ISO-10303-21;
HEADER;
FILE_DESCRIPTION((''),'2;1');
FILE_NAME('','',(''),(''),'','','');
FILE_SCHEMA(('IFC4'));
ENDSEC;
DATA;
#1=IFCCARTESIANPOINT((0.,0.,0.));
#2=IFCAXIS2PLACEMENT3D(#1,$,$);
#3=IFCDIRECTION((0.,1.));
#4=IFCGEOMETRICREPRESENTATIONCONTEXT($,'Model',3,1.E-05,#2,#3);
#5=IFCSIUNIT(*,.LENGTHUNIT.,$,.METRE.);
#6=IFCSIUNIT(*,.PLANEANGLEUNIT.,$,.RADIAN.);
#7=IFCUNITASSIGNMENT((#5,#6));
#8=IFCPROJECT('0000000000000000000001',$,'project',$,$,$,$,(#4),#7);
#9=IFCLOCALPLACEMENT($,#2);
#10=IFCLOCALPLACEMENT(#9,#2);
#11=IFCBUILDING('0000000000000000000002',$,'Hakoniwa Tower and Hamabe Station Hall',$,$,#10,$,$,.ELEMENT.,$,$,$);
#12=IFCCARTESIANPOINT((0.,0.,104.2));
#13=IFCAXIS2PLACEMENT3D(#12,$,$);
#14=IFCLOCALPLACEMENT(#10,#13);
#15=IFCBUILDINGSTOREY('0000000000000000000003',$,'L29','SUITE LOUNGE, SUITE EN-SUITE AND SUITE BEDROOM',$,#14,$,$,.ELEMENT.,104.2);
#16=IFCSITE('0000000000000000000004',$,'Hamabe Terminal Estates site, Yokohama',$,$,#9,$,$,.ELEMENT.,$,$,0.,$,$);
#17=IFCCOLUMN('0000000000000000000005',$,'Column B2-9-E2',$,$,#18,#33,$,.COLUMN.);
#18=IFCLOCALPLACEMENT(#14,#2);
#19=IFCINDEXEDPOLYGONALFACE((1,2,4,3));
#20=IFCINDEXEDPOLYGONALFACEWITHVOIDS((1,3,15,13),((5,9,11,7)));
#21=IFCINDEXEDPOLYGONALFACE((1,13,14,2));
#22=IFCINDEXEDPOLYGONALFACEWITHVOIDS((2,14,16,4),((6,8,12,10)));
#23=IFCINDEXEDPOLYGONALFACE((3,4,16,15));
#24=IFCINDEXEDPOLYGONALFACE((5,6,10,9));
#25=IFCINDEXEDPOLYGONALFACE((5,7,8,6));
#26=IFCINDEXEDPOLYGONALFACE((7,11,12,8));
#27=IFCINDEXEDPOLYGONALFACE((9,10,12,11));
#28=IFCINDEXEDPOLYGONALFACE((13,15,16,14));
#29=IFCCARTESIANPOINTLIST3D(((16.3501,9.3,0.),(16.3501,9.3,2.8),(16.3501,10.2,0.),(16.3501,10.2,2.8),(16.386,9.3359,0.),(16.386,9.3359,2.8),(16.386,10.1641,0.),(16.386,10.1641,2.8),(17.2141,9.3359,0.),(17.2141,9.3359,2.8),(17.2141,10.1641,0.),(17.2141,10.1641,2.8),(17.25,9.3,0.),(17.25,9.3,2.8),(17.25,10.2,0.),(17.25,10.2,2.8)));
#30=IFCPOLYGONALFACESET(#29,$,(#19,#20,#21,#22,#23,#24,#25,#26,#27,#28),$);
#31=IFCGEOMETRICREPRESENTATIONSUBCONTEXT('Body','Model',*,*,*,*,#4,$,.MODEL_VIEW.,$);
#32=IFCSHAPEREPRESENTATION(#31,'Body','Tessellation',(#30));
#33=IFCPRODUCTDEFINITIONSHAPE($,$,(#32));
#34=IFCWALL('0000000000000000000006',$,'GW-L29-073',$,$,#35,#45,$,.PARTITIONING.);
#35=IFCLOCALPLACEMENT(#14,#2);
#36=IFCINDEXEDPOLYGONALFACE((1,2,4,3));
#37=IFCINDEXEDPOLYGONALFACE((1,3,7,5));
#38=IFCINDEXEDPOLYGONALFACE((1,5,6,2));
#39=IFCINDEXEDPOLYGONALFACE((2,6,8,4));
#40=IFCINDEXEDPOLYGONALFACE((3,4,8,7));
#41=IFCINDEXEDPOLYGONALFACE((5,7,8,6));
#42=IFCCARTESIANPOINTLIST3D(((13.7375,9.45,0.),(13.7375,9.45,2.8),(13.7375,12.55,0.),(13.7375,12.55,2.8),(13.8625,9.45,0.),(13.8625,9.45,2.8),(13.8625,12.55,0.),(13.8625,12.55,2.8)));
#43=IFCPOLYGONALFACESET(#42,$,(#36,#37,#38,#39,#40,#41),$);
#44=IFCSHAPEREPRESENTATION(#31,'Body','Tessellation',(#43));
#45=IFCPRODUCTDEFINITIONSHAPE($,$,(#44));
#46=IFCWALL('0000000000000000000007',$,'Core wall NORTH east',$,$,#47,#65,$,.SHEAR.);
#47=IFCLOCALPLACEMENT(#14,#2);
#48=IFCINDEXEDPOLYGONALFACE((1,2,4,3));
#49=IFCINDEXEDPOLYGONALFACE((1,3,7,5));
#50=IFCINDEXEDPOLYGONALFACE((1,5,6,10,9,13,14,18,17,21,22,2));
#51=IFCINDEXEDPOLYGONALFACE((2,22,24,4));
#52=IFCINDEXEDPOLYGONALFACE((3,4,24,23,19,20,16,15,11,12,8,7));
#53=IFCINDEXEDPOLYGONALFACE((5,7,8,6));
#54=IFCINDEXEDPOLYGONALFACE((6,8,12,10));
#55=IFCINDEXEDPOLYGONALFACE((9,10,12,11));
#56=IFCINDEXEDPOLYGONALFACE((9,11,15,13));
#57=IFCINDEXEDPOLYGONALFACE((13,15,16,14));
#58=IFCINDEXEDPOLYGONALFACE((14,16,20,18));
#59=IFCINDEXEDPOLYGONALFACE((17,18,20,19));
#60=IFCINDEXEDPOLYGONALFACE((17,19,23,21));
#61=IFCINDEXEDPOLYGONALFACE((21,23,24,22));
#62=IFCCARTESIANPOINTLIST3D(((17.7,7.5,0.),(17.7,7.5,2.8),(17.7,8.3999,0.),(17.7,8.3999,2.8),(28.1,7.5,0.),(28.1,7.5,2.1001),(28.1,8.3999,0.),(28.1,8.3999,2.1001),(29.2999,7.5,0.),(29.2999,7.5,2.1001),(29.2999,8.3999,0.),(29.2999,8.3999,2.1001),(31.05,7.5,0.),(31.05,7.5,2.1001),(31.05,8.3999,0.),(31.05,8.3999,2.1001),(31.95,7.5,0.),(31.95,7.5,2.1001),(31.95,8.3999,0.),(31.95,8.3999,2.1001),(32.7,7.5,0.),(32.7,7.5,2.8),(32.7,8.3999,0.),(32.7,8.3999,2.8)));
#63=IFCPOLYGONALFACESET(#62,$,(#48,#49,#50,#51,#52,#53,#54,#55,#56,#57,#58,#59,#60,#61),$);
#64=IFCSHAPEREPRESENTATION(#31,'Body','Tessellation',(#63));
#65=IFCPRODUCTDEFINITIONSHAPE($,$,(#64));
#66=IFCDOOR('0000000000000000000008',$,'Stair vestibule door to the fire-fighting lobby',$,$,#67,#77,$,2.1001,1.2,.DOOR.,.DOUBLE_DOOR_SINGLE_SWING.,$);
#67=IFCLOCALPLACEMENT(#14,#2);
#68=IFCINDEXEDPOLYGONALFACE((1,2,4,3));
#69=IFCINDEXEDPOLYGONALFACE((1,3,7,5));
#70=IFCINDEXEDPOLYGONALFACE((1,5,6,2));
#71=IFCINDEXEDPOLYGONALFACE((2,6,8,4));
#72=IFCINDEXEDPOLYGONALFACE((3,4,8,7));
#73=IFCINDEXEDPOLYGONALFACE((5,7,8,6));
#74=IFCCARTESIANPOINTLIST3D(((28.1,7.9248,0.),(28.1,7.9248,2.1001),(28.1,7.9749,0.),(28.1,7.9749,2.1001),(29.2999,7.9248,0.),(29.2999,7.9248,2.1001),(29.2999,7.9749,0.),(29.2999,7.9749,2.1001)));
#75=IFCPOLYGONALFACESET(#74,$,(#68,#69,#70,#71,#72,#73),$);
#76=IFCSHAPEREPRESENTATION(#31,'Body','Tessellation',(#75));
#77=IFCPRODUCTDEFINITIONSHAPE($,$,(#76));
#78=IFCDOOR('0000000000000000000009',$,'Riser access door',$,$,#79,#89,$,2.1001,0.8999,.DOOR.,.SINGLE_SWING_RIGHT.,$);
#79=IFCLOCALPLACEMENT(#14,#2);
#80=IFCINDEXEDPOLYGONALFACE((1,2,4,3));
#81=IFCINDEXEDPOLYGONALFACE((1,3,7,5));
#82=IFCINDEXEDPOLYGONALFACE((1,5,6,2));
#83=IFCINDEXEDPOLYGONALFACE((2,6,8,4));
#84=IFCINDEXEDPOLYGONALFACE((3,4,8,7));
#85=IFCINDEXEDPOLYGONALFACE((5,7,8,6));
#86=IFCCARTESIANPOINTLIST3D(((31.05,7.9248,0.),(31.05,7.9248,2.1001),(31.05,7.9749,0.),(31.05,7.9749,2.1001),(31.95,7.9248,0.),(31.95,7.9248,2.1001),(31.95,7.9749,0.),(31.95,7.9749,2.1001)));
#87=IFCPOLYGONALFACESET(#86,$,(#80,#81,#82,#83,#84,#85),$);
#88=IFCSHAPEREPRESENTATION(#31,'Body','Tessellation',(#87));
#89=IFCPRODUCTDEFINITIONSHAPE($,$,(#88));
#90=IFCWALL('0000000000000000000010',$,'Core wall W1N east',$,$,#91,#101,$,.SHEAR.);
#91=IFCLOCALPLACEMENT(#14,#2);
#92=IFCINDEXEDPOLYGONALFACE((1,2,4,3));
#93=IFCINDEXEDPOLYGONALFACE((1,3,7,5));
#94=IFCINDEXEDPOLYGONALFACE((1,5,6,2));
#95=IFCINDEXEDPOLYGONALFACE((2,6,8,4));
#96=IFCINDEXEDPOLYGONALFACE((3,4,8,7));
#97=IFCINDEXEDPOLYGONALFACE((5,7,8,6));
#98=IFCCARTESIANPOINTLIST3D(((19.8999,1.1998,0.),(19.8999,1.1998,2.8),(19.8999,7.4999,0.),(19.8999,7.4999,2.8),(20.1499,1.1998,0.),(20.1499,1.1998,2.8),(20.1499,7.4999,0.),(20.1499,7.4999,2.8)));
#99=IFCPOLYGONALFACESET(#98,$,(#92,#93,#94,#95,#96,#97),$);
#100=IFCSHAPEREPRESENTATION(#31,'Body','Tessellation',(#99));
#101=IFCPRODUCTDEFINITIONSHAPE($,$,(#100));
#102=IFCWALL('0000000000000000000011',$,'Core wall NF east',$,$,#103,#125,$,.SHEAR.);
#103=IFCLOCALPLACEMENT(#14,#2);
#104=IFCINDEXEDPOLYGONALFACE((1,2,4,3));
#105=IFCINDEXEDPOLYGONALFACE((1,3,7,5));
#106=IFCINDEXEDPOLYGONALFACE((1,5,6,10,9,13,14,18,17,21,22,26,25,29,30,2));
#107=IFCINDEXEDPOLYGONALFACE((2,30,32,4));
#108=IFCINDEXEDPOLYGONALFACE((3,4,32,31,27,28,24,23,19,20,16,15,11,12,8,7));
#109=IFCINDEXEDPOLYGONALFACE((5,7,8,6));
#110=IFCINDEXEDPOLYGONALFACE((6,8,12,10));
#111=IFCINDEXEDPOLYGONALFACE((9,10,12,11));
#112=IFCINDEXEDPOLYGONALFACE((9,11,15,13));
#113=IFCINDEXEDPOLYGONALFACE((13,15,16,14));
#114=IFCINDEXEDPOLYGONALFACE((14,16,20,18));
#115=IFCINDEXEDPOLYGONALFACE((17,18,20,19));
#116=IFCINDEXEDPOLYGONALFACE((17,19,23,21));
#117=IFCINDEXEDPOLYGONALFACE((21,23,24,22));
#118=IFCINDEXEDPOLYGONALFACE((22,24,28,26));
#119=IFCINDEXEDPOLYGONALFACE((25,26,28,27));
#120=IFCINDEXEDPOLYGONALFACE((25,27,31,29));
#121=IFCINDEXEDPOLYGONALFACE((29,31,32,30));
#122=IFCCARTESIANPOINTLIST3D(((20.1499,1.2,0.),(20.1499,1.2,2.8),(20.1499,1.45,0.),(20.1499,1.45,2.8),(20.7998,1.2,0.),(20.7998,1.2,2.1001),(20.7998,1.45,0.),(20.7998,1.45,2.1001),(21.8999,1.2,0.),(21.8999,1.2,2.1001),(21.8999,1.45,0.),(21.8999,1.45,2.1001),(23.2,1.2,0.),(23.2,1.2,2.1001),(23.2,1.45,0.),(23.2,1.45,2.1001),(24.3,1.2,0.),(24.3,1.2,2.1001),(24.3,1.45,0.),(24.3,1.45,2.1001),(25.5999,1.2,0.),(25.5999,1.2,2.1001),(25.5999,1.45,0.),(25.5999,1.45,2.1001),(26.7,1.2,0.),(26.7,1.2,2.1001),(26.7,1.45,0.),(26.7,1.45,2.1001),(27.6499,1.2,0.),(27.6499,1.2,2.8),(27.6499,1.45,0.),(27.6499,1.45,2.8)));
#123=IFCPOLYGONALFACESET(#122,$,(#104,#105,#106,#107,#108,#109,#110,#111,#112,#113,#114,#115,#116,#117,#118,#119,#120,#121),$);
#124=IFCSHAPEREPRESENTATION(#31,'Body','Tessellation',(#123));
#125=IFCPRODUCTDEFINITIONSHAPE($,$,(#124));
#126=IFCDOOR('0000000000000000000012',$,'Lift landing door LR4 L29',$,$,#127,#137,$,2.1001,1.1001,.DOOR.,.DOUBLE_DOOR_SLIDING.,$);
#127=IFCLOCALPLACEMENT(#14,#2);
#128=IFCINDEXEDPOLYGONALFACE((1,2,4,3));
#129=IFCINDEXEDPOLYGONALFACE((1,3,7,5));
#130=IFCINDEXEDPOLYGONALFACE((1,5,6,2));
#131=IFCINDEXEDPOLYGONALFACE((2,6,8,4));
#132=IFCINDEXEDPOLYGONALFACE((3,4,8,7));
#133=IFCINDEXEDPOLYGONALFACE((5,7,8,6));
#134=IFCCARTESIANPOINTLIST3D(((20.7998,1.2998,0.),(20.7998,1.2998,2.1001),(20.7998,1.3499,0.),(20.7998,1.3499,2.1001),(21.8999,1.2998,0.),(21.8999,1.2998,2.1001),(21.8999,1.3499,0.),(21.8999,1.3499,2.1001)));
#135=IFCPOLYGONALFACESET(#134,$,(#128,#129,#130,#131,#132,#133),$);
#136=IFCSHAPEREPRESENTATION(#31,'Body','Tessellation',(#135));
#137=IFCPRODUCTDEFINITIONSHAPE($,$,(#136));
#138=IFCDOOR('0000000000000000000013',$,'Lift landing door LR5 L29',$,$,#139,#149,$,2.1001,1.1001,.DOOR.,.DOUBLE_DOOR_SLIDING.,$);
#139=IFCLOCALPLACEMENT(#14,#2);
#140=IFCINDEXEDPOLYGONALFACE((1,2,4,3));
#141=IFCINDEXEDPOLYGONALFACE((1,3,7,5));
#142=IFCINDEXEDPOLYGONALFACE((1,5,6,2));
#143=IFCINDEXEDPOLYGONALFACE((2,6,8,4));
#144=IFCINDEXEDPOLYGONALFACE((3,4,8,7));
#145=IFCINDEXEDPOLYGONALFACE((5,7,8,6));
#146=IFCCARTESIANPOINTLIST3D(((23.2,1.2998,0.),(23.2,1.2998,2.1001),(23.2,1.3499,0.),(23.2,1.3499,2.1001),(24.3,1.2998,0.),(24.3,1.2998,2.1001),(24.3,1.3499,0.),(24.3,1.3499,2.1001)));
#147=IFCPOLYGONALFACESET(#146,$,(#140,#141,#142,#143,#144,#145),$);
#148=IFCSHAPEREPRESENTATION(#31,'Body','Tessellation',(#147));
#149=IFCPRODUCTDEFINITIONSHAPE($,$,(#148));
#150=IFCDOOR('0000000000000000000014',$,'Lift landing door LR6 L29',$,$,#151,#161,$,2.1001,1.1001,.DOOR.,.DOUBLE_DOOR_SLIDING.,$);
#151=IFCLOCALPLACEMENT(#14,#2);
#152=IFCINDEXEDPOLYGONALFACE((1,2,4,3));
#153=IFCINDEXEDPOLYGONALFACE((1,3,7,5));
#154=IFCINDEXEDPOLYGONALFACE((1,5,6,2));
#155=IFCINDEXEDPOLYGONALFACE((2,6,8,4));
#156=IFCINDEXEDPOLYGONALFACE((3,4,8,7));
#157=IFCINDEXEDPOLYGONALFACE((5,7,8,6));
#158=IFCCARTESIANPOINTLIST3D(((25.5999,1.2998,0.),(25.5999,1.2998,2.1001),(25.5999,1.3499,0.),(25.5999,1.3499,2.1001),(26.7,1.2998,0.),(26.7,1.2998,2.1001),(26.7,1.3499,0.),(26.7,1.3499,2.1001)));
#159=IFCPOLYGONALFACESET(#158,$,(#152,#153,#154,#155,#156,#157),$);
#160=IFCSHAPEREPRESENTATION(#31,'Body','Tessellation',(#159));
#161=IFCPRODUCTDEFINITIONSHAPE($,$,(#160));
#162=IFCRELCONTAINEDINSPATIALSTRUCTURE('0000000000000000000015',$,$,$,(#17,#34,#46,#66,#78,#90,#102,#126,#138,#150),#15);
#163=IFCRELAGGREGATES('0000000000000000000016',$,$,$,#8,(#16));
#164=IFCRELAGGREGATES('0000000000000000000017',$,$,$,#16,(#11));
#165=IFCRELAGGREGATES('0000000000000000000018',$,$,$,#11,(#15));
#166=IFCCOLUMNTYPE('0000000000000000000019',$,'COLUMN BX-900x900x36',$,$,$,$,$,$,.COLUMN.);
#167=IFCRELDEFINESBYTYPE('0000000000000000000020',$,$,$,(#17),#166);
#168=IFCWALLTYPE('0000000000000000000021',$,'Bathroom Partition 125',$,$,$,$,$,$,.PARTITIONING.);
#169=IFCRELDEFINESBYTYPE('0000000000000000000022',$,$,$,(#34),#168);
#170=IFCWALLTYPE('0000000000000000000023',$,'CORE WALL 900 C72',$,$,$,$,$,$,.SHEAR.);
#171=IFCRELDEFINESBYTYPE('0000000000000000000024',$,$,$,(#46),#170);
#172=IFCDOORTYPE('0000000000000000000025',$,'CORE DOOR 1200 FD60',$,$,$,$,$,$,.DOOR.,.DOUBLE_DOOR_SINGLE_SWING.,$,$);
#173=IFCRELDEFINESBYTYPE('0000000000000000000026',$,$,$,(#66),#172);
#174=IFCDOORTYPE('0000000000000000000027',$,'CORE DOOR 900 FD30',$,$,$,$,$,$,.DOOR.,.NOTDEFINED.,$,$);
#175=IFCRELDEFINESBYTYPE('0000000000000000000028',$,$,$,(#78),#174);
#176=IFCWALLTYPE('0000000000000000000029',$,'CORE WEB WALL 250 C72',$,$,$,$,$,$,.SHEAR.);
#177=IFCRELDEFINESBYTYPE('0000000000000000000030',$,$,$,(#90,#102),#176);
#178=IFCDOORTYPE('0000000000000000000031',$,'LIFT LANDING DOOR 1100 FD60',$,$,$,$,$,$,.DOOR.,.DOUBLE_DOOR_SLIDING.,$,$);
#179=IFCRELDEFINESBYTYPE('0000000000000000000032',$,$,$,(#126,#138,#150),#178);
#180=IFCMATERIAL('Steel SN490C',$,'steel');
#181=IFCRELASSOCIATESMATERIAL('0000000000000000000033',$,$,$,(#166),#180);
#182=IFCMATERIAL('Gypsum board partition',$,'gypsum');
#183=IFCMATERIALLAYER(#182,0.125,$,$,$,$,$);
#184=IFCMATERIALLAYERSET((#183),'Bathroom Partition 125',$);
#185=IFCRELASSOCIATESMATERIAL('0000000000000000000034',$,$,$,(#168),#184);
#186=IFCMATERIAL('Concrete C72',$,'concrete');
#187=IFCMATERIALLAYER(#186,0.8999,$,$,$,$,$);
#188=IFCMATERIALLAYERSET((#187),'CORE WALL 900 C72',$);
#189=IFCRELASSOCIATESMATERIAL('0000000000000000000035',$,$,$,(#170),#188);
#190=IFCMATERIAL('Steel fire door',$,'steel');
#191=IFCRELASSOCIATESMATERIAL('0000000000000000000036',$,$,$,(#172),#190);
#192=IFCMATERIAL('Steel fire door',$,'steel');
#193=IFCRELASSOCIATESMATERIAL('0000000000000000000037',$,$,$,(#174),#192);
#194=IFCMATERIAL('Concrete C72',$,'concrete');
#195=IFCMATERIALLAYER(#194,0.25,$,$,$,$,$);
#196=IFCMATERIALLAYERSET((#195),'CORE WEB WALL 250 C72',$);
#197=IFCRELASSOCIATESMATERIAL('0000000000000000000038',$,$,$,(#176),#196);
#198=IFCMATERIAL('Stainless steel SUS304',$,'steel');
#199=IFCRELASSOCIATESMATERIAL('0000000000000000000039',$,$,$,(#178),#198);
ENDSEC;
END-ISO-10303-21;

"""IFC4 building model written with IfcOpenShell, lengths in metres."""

from ifc_helpers import new_model, si_unit, direction, frame, frame_2d, origin, origin_2d, place, context, subcontext, project, spatial, rectangle, hollow_rectangle, extrude, material, layer, layer_set, material_profile, profile_set, type_object, element, fill, save


model = new_model("IFC4")

# Units and contexts
model_context = context("Model", 3, precision=1e-05, world=origin(), true_north=direction((0.0, 1.0)))
body_context = subcontext(model_context, "Body", "Model", "MODEL_VIEW")
ifc_project = project(units=[si_unit("LENGTHUNIT", "METRE"), si_unit("PLANEANGLEUNIT", "RADIAN")], contexts=[model_context])

# Site, building, storey
site_placement = place(None, origin())
site = spatial("IfcSite", under=ifc_project, at=site_placement, Name="Hamabe Terminal Estates site, Yokohama", CompositionType="ELEMENT", RefElevation=0.0)
building_placement = place(site_placement, origin())
building = spatial("IfcBuilding", under=site, at=building_placement, Name="Hakoniwa Tower and Hamabe Station Hall", CompositionType="ELEMENT")
storey_placement = place(building_placement, frame((0.0, 0.0, 104.2)))
storey = spatial("IfcBuildingStorey", under=building, at=storey_placement, Name="L29", Description="SUITE LOUNGE, SUITE EN-SUITE AND SUITE BEDROOM", CompositionType="ELEMENT", Elevation=104.2)

# Column
ifc_material_1 = material(Name="Steel SN490C", Category="steel")
ifc_material_profile = material_profile(ifc_material_1, hollow_rectangle(XDim=0.8999, YDim=0.8999, WallThickness=0.0359, at=origin_2d()), Name="BX-900x900x36")
ifc_profile_set = profile_set([ifc_material_profile], Name="Steel SN490C")
column_type = type_object("IfcColumnType", Name="COLUMN BX-900x900x36", PredefinedType="COLUMN", material=ifc_profile_set)
column_placement = place(storey_placement, frame((16.8, 9.75, 0.0), z_axis=(0.0, 0.0, 1.0), x_axis=(1.0, 0.0, 0.0)))
element("IfcColumn", 1, at=column_placement, inside=storey, type_object=column_type, Name="Column B2-9-E2", PredefinedType="COLUMN", context=body_context, shape_type="SweptSolid", body=[
    extrude(hollow_rectangle(XDim=0.8999, YDim=0.8999, WallThickness=0.0359, at=origin_2d()), origin(), (0.0, 0.0, 1.0), 2.8),
])

# Wall
ifc_material_2 = material(Name="Gypsum board partition", Category="gypsum")
ifc_layer_1 = layer(ifc_material_2, 0.125)
ifc_layer_set_1 = layer_set([ifc_layer_1], Name="Bathroom Partition 125")
wall_type_1 = type_object("IfcWallType", Name="Bathroom Partition 125", PredefinedType="PARTITIONING", material=ifc_layer_set_1)
wall_1_placement = place(storey_placement, frame((13.8, 9.45, 0.0), z_axis=(0.0, 0.0, 1.0), x_axis=(0.0, 1.0, 0.0)))
element("IfcWall", 2, at=wall_1_placement, inside=storey, type_object=wall_type_1, Name="GW-L29-073", PredefinedType="PARTITIONING", context=body_context, shape_type="SweptSolid", body=[
    extrude(rectangle(XDim=3.1001, YDim=0.125, at=frame_2d((1.55, 0.0))), origin(), (0.0, 0.0, 1.0), 2.8),
])

# Wall, openings, doors
ifc_material_3 = material(Name="Concrete C72", Category="concrete")
ifc_layer_2 = layer(ifc_material_3, 0.8999)
ifc_layer_set_2 = layer_set([ifc_layer_2], Name="CORE WALL 900 C72")
wall_type_2 = type_object("IfcWallType", Name="CORE WALL 900 C72", PredefinedType="SHEAR", material=ifc_layer_set_2)
wall_2_placement = place(storey_placement, frame((17.7, 7.95, 0.0), z_axis=(0.0, 0.0, 1.0), x_axis=(1.0, 0.0, 0.0)))
wall_2 = element("IfcWall", 3, at=wall_2_placement, inside=storey, type_object=wall_type_2, Name="Core wall NORTH east", PredefinedType="SHEAR", context=body_context, shape_type="SweptSolid", body=[
    extrude(rectangle(XDim=15.0, YDim=0.8999, at=frame_2d((7.5, 0.0))), origin(), (0.0, 0.0, 1.0), 2.8),
])
opening_1_placement = place(wall_2_placement, frame((10.3999, 0.0, 0.0)))
opening_1 = element("IfcOpeningElement", 4, at=opening_1_placement, cuts=wall_2, PredefinedType="OPENING", context=body_context, shape_type="SweptSolid", body=[
    extrude(rectangle(XDim=1.2, YDim=2.1001, at=frame_2d((0.6001, 1.05))), frame((0.0, 0.46, 0.0), z_axis=(0.0, -1.0, 0.0), x_axis=(1.0, 0.0, 0.0)), (0.0, 0.0, 1.0), 0.9199),
])
opening_2_placement = place(wall_2_placement, frame((13.3501, 0.0, 0.0)))
opening_2 = element("IfcOpeningElement", 5, at=opening_2_placement, cuts=wall_2, PredefinedType="OPENING", context=body_context, shape_type="SweptSolid", body=[
    extrude(rectangle(XDim=0.8999, YDim=2.1001, at=frame_2d((0.45, 1.05))), frame((0.0, 0.46, 0.0), z_axis=(0.0, -1.0, 0.0), x_axis=(1.0, 0.0, 0.0)), (0.0, 0.0, 1.0), 0.9199),
])
ifc_material_4 = material(Name="Steel fire door", Category="steel")
door_type_1 = type_object("IfcDoorType", Name="CORE DOOR 1200 FD60", OperationType="DOUBLE_DOOR_SINGLE_SWING", PredefinedType="DOOR", material=ifc_material_4)
door_1_placement = place(opening_1_placement, origin())
door_1 = element("IfcDoor", 6, at=door_1_placement, inside=storey, type_object=door_type_1, Name="Stair vestibule door to the fire-fighting lobby", OperationType="DOUBLE_DOOR_SINGLE_SWING", OverallHeight=2.1001, OverallWidth=1.2, PredefinedType="DOOR", context=body_context, shape_type="SweptSolid", body=[
    extrude(rectangle(XDim=1.2, YDim=2.1001, at=frame_2d((0.6001, 1.05))), frame((0.0, 0.0249, 0.0), z_axis=(0.0, -1.0, 0.0), x_axis=(1.0, 0.0, 0.0)), (0.0, 0.0, 1.0), 0.05),
])
fill(opening_1, door_1)
ifc_material_5 = material(Name="Steel fire door", Category="steel")
door_type_2 = type_object("IfcDoorType", Name="CORE DOOR 900 FD30", OperationType="NOTDEFINED", PredefinedType="DOOR", material=ifc_material_5)
door_2_placement = place(opening_2_placement, origin())
door_2 = element("IfcDoor", 7, at=door_2_placement, inside=storey, type_object=door_type_2, Name="Riser access door", OperationType="SINGLE_SWING_RIGHT", OverallHeight=2.1001, OverallWidth=0.8999, PredefinedType="DOOR", context=body_context, shape_type="SweptSolid", body=[
    extrude(rectangle(XDim=0.8999, YDim=2.1001, at=frame_2d((0.45, 1.05))), frame((0.0, 0.0249, 0.0), z_axis=(0.0, -1.0, 0.0), x_axis=(1.0, 0.0, 0.0)), (0.0, 0.0, 1.0), 0.05),
])
fill(opening_2, door_2)

# Wall
ifc_material_6 = material(Name="Concrete C72", Category="concrete")
ifc_layer_3 = layer(ifc_material_6, 0.25)
ifc_layer_set_3 = layer_set([ifc_layer_3], Name="CORE WEB WALL 250 C72")
wall_type_3 = type_object("IfcWallType", Name="CORE WEB WALL 250 C72", PredefinedType="SHEAR", material=ifc_layer_set_3)
wall_3_placement = place(storey_placement, frame((20.0249, 1.2, 0.0), z_axis=(0.0, 0.0, 1.0), x_axis=(0.0, 1.0, 0.0)))
element("IfcWall", 8, at=wall_3_placement, inside=storey, type_object=wall_type_3, Name="Core wall W1N east", PredefinedType="SHEAR", context=body_context, shape_type="SweptSolid", body=[
    extrude(rectangle(XDim=6.3, YDim=0.25, at=frame_2d((3.1499, 0.0))), origin(), (0.0, 0.0, 1.0), 2.8),
])

# Wall, openings, doors
wall_4_placement = place(storey_placement, frame((20.1499, 1.325, 0.0), z_axis=(0.0, 0.0, 1.0), x_axis=(1.0, 0.0, 0.0)))
wall_4 = element("IfcWall", 9, at=wall_4_placement, inside=storey, type_object=wall_type_3, Name="Core wall NF east", PredefinedType="SHEAR", context=body_context, shape_type="SweptSolid", body=[
    extrude(rectangle(XDim=7.5, YDim=0.25, at=frame_2d((3.75, 0.0))), origin(), (0.0, 0.0, 1.0), 2.8),
])
opening_3_placement = place(wall_4_placement, frame((0.6499, 0.0, 0.0)))
opening_3 = element("IfcOpeningElement", 10, at=opening_3_placement, cuts=wall_4, PredefinedType="OPENING", context=body_context, shape_type="SweptSolid", body=[
    extrude(rectangle(XDim=1.1001, YDim=2.1001, at=frame_2d((0.55, 1.05))), frame((0.0, 0.135, 0.0), z_axis=(0.0, -1.0, 0.0), x_axis=(1.0, 0.0, 0.0)), (0.0, 0.0, 1.0), 0.27),
])
opening_4_placement = place(wall_4_placement, frame((3.05, 0.0, 0.0)))
opening_4 = element("IfcOpeningElement", 11, at=opening_4_placement, cuts=wall_4, PredefinedType="OPENING", context=body_context, shape_type="SweptSolid", body=[
    extrude(rectangle(XDim=1.1001, YDim=2.1001, at=frame_2d((0.55, 1.05))), frame((0.0, 0.135, 0.0), z_axis=(0.0, -1.0, 0.0), x_axis=(1.0, 0.0, 0.0)), (0.0, 0.0, 1.0), 0.27),
])
opening_5_placement = place(wall_4_placement, frame((5.45, 0.0, 0.0)))
opening_5 = element("IfcOpeningElement", 12, at=opening_5_placement, cuts=wall_4, PredefinedType="OPENING", context=body_context, shape_type="SweptSolid", body=[
    extrude(rectangle(XDim=1.1001, YDim=2.1001, at=frame_2d((0.55, 1.05))), frame((0.0, 0.135, 0.0), z_axis=(0.0, -1.0, 0.0), x_axis=(1.0, 0.0, 0.0)), (0.0, 0.0, 1.0), 0.27),
])
ifc_material_7 = material(Name="Stainless steel SUS304", Category="steel")
door_type_3 = type_object("IfcDoorType", Name="LIFT LANDING DOOR 1100 FD60", OperationType="DOUBLE_DOOR_SLIDING", PredefinedType="DOOR", material=ifc_material_7)
door_3_placement = place(opening_3_placement, origin())
door_3 = element("IfcDoor", 13, at=door_3_placement, inside=storey, type_object=door_type_3, Name="Lift landing door LR4 L29", OperationType="DOUBLE_DOOR_SLIDING", OverallHeight=2.1001, OverallWidth=1.1001, PredefinedType="DOOR", context=body_context, shape_type="SweptSolid", body=[
    extrude(rectangle(XDim=1.1001, YDim=2.1001, at=frame_2d((0.55, 1.05))), frame((0.0, 0.0249, 0.0), z_axis=(0.0, -1.0, 0.0), x_axis=(1.0, 0.0, 0.0)), (0.0, 0.0, 1.0), 0.05),
])
fill(opening_3, door_3)
door_4_placement = place(opening_4_placement, origin())
door_4 = element("IfcDoor", 14, at=door_4_placement, inside=storey, type_object=door_type_3, Name="Lift landing door LR5 L29", OperationType="DOUBLE_DOOR_SLIDING", OverallHeight=2.1001, OverallWidth=1.1001, PredefinedType="DOOR", context=body_context, shape_type="SweptSolid", body=[
    extrude(rectangle(XDim=1.1001, YDim=2.1001, at=frame_2d((0.55, 1.05))), frame((0.0, 0.0249, 0.0), z_axis=(0.0, -1.0, 0.0), x_axis=(1.0, 0.0, 0.0)), (0.0, 0.0, 1.0), 0.05),
])
fill(opening_4, door_4)
door_5_placement = place(opening_5_placement, origin())
door_5 = element("IfcDoor", 15, at=door_5_placement, inside=storey, type_object=door_type_3, Name="Lift landing door LR6 L29", OperationType="DOUBLE_DOOR_SLIDING", OverallHeight=2.1001, OverallWidth=1.1001, PredefinedType="DOOR", context=body_context, shape_type="SweptSolid", body=[
    extrude(rectangle(XDim=1.1001, YDim=2.1001, at=frame_2d((0.55, 1.05))), frame((0.0, 0.0249, 0.0), z_axis=(0.0, -1.0, 0.0), x_axis=(1.0, 0.0, 0.0)), (0.0, 0.0, 1.0), 0.05),
])
fill(opening_5, door_5)

save(model, "model.ifc")
